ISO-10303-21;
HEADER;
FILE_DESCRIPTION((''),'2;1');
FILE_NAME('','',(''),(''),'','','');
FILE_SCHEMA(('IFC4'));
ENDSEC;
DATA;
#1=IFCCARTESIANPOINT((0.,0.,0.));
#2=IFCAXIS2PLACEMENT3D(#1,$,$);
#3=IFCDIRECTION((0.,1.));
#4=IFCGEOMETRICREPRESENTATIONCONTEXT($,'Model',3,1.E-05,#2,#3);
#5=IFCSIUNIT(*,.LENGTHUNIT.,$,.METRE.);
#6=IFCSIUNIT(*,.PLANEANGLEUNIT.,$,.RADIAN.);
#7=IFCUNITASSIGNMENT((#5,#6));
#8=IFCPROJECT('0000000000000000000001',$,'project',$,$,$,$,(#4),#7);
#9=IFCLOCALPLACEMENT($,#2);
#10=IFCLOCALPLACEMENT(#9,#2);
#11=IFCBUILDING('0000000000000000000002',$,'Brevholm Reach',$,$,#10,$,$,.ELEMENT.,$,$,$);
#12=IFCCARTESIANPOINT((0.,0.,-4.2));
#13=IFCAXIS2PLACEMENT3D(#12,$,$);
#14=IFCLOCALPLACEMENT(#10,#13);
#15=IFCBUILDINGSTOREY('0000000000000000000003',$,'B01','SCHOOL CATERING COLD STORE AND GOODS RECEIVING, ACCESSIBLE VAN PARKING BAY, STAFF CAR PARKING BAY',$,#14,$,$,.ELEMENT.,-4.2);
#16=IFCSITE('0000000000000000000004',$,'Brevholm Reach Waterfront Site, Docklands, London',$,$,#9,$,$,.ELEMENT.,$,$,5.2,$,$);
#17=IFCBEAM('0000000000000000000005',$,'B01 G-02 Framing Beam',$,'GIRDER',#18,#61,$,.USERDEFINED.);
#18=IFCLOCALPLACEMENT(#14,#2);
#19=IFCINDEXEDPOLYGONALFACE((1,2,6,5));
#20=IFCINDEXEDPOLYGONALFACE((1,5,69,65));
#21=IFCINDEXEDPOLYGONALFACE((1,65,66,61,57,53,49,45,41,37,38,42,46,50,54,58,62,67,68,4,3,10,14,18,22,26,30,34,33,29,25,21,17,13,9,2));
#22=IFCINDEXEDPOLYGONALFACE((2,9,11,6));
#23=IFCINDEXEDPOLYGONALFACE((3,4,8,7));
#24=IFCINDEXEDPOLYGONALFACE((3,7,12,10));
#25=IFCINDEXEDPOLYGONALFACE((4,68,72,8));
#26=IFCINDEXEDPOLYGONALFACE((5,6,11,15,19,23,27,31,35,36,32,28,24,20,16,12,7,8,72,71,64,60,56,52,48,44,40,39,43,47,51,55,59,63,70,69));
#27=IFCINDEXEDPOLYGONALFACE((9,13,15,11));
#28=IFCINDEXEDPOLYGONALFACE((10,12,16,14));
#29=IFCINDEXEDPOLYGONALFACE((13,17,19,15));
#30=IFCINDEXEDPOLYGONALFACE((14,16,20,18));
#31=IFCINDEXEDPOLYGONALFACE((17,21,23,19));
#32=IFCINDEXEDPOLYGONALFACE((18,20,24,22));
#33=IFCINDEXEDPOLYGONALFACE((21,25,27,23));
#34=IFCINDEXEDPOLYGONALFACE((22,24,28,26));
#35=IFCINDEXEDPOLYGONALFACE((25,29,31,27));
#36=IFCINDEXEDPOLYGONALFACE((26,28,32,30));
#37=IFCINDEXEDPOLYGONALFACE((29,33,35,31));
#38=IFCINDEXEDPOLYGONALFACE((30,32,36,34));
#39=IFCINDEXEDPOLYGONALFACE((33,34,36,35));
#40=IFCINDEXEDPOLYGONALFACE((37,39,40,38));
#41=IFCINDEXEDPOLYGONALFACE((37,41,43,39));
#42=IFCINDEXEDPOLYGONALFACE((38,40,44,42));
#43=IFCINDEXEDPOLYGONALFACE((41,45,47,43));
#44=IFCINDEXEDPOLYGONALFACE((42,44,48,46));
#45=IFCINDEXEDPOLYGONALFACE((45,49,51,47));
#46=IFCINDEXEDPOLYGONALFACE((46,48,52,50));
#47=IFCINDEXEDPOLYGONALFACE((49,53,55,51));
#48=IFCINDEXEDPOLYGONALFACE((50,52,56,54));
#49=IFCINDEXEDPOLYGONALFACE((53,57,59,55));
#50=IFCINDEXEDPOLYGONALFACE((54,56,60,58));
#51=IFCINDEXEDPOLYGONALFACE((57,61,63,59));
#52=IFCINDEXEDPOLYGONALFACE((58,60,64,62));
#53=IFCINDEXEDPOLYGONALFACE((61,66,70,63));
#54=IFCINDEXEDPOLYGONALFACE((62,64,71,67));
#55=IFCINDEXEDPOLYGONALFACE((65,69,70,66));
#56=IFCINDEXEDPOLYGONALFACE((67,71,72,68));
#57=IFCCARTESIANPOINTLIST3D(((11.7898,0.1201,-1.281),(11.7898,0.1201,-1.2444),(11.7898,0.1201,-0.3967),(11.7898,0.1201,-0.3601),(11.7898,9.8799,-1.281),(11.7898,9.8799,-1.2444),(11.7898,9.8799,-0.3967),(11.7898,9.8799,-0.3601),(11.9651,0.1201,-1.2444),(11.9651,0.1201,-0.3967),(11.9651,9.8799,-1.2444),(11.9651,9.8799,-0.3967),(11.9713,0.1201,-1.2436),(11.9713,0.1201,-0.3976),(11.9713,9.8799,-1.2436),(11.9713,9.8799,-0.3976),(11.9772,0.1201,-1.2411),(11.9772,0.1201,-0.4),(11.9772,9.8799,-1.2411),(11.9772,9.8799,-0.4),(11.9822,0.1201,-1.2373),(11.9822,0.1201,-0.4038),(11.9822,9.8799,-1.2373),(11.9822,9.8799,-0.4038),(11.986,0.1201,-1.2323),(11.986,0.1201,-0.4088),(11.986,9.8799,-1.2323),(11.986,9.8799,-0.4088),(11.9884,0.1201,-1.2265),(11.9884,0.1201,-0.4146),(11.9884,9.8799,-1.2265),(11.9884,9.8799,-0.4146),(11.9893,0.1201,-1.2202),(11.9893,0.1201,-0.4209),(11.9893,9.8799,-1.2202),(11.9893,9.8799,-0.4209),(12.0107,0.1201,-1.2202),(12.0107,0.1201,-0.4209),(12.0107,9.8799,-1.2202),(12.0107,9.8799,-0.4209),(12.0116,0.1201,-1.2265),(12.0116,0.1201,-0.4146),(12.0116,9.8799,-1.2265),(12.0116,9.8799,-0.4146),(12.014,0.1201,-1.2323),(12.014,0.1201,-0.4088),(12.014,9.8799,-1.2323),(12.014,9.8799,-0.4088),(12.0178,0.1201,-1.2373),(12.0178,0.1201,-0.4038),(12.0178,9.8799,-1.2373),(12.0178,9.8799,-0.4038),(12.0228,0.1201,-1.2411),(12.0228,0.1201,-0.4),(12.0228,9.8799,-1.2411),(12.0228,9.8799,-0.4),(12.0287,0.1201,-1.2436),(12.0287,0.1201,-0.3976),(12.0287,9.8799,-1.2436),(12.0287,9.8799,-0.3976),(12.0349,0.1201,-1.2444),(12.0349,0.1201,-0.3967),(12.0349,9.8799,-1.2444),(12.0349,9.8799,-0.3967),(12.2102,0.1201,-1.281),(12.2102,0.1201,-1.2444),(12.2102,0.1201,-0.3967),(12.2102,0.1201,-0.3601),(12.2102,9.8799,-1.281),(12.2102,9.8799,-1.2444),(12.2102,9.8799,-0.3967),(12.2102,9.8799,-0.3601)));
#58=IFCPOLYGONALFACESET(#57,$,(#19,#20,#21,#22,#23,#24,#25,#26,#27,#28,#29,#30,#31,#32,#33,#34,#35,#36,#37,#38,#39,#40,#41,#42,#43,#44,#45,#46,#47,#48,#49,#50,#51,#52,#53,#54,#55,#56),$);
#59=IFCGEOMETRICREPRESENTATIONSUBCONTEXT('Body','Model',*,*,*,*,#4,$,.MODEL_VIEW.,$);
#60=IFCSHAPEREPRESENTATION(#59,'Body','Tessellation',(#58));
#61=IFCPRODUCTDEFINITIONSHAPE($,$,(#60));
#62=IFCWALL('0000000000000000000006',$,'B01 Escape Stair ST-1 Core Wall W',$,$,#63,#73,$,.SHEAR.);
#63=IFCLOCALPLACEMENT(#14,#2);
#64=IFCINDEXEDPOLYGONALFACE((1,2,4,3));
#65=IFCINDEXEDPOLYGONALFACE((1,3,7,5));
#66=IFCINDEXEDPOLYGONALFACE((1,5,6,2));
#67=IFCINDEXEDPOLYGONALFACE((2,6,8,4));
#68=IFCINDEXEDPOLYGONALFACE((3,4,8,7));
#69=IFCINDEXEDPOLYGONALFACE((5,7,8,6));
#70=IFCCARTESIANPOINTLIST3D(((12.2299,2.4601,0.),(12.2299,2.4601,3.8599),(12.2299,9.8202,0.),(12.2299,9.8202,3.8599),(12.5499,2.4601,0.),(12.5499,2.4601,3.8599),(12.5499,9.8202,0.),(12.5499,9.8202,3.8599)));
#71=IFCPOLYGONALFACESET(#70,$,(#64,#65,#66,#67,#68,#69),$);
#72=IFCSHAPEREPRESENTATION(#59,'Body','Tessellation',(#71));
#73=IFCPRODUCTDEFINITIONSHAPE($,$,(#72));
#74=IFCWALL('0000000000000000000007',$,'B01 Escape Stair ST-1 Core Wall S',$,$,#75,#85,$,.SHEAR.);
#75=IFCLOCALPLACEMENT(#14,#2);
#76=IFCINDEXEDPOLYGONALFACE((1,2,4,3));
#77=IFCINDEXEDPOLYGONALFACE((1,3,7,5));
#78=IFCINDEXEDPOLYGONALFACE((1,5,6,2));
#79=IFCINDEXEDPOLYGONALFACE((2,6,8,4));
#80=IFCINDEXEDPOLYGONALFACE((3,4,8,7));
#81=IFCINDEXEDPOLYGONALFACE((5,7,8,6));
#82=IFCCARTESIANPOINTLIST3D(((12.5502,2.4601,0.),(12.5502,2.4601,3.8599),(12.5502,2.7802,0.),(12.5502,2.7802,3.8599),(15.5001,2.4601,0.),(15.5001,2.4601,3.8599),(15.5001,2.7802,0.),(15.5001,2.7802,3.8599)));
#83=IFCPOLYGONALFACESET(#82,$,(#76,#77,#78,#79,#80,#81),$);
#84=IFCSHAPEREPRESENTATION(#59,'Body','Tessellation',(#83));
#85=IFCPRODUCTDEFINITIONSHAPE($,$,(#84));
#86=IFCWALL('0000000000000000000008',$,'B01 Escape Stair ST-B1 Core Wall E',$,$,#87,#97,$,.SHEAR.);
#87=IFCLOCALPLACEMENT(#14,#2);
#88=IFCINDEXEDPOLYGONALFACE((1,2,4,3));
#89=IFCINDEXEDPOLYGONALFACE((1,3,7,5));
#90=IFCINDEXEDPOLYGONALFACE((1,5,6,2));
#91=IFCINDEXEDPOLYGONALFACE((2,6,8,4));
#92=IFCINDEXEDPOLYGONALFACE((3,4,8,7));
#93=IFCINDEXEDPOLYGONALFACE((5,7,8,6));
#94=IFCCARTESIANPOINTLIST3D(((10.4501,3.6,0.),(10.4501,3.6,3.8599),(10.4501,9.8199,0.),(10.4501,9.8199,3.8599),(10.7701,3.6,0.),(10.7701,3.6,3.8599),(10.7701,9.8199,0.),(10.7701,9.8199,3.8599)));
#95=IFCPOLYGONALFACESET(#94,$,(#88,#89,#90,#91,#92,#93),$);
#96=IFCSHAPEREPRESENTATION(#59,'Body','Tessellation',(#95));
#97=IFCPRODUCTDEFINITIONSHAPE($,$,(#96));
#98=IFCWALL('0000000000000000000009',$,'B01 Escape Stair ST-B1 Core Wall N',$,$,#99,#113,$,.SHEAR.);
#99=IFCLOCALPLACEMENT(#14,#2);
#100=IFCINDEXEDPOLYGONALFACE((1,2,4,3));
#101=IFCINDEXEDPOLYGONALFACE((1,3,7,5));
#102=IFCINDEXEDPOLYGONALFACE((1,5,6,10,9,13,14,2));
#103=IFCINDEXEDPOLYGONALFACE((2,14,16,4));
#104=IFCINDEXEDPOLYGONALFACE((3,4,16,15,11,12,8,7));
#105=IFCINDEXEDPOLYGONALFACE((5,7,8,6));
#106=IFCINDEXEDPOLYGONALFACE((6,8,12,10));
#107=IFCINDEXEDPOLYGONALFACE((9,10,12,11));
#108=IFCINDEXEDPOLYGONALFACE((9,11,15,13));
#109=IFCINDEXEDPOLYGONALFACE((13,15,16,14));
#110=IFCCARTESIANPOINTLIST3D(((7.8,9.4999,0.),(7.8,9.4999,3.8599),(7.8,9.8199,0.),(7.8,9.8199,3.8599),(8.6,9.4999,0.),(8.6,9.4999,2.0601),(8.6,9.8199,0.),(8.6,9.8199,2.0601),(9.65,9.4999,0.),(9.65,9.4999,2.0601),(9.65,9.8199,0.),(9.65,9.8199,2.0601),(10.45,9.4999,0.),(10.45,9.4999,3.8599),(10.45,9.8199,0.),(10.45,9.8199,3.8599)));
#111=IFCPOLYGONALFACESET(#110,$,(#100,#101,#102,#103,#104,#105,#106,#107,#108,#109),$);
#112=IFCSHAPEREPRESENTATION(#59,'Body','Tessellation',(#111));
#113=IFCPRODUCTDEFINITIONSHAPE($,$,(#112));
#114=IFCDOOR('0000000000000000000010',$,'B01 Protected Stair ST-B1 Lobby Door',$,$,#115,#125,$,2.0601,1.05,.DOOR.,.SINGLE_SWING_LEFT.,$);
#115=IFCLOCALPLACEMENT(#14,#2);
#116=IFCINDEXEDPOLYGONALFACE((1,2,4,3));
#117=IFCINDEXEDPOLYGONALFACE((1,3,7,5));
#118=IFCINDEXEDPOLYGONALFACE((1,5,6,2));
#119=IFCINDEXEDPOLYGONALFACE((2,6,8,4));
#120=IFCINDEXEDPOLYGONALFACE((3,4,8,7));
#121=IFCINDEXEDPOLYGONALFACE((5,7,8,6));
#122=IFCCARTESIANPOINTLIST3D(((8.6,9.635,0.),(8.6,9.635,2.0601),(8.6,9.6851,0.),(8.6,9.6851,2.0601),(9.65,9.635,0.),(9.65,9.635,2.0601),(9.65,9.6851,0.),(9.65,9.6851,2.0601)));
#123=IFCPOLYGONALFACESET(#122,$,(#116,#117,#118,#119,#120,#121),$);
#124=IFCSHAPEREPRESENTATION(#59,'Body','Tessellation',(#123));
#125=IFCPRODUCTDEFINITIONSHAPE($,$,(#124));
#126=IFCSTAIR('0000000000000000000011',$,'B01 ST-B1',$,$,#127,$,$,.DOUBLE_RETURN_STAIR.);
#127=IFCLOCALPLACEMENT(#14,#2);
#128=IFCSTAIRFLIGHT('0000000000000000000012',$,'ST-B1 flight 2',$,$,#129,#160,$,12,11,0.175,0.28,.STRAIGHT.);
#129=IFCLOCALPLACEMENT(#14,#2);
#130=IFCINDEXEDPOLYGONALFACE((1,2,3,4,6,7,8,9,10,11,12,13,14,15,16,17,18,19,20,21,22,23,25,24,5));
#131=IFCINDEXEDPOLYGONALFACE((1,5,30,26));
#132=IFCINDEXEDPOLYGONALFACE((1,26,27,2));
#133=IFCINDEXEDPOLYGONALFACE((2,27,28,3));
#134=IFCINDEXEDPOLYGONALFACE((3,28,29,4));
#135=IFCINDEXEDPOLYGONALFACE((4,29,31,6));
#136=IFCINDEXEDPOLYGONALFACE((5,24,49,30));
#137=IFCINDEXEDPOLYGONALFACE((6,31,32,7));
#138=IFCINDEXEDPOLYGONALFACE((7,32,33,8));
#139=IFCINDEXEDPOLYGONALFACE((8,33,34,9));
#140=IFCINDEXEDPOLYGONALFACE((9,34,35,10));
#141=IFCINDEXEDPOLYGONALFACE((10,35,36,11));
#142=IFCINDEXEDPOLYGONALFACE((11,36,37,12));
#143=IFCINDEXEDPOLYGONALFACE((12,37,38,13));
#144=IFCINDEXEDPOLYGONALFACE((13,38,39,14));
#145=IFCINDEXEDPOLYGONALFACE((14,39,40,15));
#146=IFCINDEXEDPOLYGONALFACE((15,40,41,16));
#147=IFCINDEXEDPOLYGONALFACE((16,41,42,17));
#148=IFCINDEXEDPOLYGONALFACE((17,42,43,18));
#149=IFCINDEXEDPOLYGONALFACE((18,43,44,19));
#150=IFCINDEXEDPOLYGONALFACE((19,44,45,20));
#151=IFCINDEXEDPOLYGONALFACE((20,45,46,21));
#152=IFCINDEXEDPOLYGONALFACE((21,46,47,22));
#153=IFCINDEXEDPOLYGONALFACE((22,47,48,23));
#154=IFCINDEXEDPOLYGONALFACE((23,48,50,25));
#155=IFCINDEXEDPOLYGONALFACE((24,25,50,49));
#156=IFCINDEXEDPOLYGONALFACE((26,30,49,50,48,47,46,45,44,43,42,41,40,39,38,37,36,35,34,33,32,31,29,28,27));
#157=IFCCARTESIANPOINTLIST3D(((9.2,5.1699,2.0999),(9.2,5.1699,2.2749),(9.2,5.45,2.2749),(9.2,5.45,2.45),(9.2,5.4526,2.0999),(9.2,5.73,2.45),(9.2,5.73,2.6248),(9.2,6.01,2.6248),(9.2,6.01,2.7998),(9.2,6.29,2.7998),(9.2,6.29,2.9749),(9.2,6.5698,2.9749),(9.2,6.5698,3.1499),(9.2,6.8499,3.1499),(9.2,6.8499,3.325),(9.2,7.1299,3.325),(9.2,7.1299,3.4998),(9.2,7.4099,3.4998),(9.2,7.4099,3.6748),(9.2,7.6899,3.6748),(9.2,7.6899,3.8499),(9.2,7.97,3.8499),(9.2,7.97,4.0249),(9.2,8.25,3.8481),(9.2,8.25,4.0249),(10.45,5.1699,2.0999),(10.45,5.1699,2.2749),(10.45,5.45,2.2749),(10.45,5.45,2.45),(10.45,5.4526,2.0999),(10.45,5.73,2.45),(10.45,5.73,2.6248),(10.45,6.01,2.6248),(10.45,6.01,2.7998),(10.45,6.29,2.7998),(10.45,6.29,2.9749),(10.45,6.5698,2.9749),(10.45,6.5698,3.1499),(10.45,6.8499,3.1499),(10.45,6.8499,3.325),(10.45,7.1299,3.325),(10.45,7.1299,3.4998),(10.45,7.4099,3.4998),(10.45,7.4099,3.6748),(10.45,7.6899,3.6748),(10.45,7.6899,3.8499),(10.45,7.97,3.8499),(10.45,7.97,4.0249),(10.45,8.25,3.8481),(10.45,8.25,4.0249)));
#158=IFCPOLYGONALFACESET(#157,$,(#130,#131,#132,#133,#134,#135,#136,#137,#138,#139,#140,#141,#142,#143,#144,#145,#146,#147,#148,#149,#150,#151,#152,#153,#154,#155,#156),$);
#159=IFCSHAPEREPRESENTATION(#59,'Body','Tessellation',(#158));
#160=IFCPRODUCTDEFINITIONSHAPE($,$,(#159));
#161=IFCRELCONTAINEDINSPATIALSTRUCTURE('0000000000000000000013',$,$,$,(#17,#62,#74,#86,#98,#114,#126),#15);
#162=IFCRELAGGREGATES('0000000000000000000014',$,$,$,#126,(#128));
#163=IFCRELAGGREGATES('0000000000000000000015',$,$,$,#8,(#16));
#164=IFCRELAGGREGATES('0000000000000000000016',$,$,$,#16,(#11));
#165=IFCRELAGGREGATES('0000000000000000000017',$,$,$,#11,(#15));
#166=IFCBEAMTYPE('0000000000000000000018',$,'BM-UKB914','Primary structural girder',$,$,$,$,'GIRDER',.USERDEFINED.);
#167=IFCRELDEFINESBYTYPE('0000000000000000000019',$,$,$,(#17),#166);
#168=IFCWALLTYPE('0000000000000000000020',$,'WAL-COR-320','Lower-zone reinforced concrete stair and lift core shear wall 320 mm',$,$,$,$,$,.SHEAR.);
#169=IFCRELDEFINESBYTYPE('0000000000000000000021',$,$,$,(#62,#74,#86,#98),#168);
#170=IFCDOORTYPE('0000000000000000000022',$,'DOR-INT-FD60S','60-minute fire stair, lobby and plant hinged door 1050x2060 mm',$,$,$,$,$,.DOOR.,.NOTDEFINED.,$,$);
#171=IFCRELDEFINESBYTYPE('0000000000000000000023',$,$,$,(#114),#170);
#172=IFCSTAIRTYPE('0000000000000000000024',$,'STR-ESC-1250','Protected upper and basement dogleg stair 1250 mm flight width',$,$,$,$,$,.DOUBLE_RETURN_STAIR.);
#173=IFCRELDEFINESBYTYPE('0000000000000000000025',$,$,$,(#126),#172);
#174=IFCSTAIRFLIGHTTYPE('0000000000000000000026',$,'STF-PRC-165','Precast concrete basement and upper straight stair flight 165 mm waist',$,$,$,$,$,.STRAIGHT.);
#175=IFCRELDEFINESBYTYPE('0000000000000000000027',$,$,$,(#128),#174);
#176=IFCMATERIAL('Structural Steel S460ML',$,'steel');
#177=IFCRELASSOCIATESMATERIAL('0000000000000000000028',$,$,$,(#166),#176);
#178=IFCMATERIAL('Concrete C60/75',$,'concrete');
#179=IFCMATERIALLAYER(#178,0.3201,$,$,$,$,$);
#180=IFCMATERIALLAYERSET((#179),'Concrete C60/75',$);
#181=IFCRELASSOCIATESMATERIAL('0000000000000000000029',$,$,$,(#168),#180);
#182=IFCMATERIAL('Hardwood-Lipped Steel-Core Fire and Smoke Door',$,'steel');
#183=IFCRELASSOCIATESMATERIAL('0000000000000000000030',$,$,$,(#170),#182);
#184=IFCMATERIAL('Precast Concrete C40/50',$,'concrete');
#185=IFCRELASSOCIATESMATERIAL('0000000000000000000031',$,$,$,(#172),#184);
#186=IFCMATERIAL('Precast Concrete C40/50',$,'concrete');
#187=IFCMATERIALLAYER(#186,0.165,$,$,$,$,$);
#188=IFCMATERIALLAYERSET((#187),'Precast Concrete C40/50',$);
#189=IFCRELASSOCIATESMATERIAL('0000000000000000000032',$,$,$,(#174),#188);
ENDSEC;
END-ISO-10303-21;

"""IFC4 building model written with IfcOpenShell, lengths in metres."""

from ifc_helpers import new_model, si_unit, direction, frame, frame_2d, origin, origin_2d, place, context, subcontext, project, spatial, polyline, rectangle, i_section, outline, extrude, material, layer, layer_set, material_profile, profile_set, type_object, element, fill, aggregate, save


model = new_model("IFC4")

# Units and contexts
model_context = context("Model", 3, precision=1e-05, world=origin(), true_north=direction((0.0, 1.0)))
body_context = subcontext(model_context, "Body", "Model", "MODEL_VIEW")
ifc_project = project(units=[si_unit("LENGTHUNIT", "METRE"), si_unit("PLANEANGLEUNIT", "RADIAN")], contexts=[model_context])

# Site, building, storey
site_placement = place(None, origin())
site = spatial("IfcSite", under=ifc_project, at=site_placement, Name="Brevholm Reach Waterfront Site, Docklands, London", CompositionType="ELEMENT", RefElevation=5.2)
building_placement = place(site_placement, origin())
building = spatial("IfcBuilding", under=site, at=building_placement, Name="Brevholm Reach", CompositionType="ELEMENT")
storey_placement = place(building_placement, frame((0.0, 0.0, -4.2)))
storey = spatial("IfcBuildingStorey", under=building, at=storey_placement, Name="B01", Description="SCHOOL CATERING COLD STORE AND GOODS RECEIVING, ACCESSIBLE VAN PARKING BAY, STAFF CAR PARKING BAY", CompositionType="ELEMENT", Elevation=-4.2)

# Beam
ifc_material_1 = material(Name="Structural Steel S460ML", Category="steel")
ifc_material_profile_1 = material_profile(ifc_material_1, i_section(OverallWidth=0.4204, OverallDepth=0.9209, WebThickness=0.0215, FlangeThickness=0.0366, FilletRadius=0.0242, at=origin_2d()), Name="UKB 914x419x388")
ifc_profile_set_1 = profile_set([ifc_material_profile_1], Name="Structural Steel S460ML")
beam_type_1 = type_object("IfcBeamType", Name="BM-UKB914", Description="Primary structural girder", ElementType="GIRDER", PredefinedType="USERDEFINED", material=ifc_profile_set_1)
beam_1_placement = place(storey_placement, frame((12.0, 0.1201, -0.8206), z_axis=(0.0, 1.0, 0.0), x_axis=(-1.0, 0.0, 0.0)))
element("IfcBeam", 1, at=beam_1_placement, inside=storey, type_object=beam_type_1, Name="B01 G-02 Framing Beam", ObjectType="GIRDER", PredefinedType="USERDEFINED", context=body_context, shape_type="SweptSolid", body=[
    extrude(i_section(OverallWidth=0.4204, OverallDepth=0.9209, WebThickness=0.0215, FlangeThickness=0.0366, FilletRadius=0.0242, at=origin_2d()), origin(), (0.0, 0.0, 1.0), 9.7598),
])

# Walls
ifc_material_2 = material(Name="Concrete C60/75", Category="concrete")
ifc_layer_1 = layer(ifc_material_2, 0.3201)
ifc_layer_set_1 = layer_set([ifc_layer_1], Name="Concrete C60/75")
wall_type = type_object("IfcWallType", Name="WAL-COR-320", Description="Lower-zone reinforced concrete stair and lift core shear wall 320 mm", PredefinedType="SHEAR", material=ifc_layer_set_1)
wall_1_placement = place(storey_placement, frame((12.3899, 2.46, 0.0), z_axis=(0.0, 0.0, 1.0), x_axis=(0.0, 1.0, 0.0)))
element("IfcWall", 2, at=wall_1_placement, inside=storey, type_object=wall_type, Name="B01 Escape Stair ST-1 Core Wall W", PredefinedType="SHEAR", context=body_context, shape_type="SweptSolid", body=[
    extrude(rectangle(XDim=7.3601, YDim=0.3201, at=frame_2d((3.6802, 0.0))), origin(), (0.0, 0.0, 1.0), 3.8599),
])
wall_2_placement = place(storey_placement, frame((12.55, 2.6201, 0.0), z_axis=(0.0, 0.0, 1.0), x_axis=(1.0, 0.0, 0.0)))
element("IfcWall", 3, at=wall_2_placement, inside=storey, type_object=wall_type, Name="B01 Escape Stair ST-1 Core Wall S", PredefinedType="SHEAR", context=body_context, shape_type="SweptSolid", body=[
    extrude(rectangle(XDim=2.95, YDim=0.3201, at=frame_2d((1.4751, 0.0))), origin(), (0.0, 0.0, 1.0), 3.8599),
])
wall_3_placement = place(storey_placement, frame((10.6101, 3.6001, 0.0), z_axis=(0.0, 0.0, 1.0), x_axis=(0.0, 1.0, 0.0)))
element("IfcWall", 4, at=wall_3_placement, inside=storey, type_object=wall_type, Name="B01 Escape Stair ST-B1 Core Wall E", PredefinedType="SHEAR", context=body_context, shape_type="SweptSolid", body=[
    extrude(rectangle(XDim=6.22, YDim=0.3201, at=frame_2d((3.1099, 0.0))), origin(), (0.0, 0.0, 1.0), 3.8599),
])

# Wall, opening, door
wall_4_placement = place(storey_placement, frame((10.45, 9.6599, 0.0), z_axis=(0.0, 0.0, 1.0), x_axis=(-1.0, 0.0, 0.0)))
wall_4 = element("IfcWall", 5, at=wall_4_placement, inside=storey, type_object=wall_type, Name="B01 Escape Stair ST-B1 Core Wall N", PredefinedType="SHEAR", context=body_context, shape_type="SweptSolid", body=[
    extrude(rectangle(XDim=2.6499, YDim=0.3201, at=frame_2d((1.325, 0.0))), origin(), (0.0, 0.0, 1.0), 3.8599),
])
opening_placement = place(wall_4_placement, frame((0.8, 0.0, 0.0)))
opening = element("IfcOpeningElement", 6, at=opening_placement, cuts=wall_4, PredefinedType="OPENING", context=body_context, shape_type="SweptSolid", body=[
    extrude(rectangle(XDim=1.05, YDim=2.0601, at=frame_2d((0.5249, 1.03))), frame((0.0, 0.1699, 0.0), z_axis=(0.0, -1.0, 0.0), x_axis=(1.0, 0.0, 0.0)), (0.0, 0.0, 1.0), 0.3401),
])
ifc_material_3 = material(Name="Hardwood-Lipped Steel-Core Fire and Smoke Door", Category="steel")
door_type = type_object("IfcDoorType", Name="DOR-INT-FD60S", Description="60-minute fire stair, lobby and plant hinged door 1050x2060 mm", OperationType="NOTDEFINED", PredefinedType="DOOR", material=ifc_material_3)
door_placement = place(opening_placement, origin())
door = element("IfcDoor", 7, at=door_placement, inside=storey, type_object=door_type, Name="B01 Protected Stair ST-B1 Lobby Door", OperationType="SINGLE_SWING_LEFT", OverallHeight=2.0601, OverallWidth=1.05, PredefinedType="DOOR", context=body_context, shape_type="SweptSolid", body=[
    extrude(rectangle(XDim=1.05, YDim=2.0601, at=frame_2d((0.5249, 1.03))), frame((0.0, 0.0249, 0.0), z_axis=(0.0, -1.0, 0.0), x_axis=(1.0, 0.0, 0.0)), (0.0, 0.0, 1.0), 0.05),
])
fill(opening, door)

# Stair, stair flight
ifc_material_4 = material(Name="Precast Concrete C40/50", Category="concrete")
stair_type_1 = type_object("IfcStairType", Name="STR-ESC-1250", Description="Protected upper and basement dogleg stair 1250 mm flight width", PredefinedType="DOUBLE_RETURN_STAIR", material=ifc_material_4)
stair_1_placement = place(storey_placement, origin())
stair_1 = element("IfcStair", 8, at=stair_1_placement, inside=storey, type_object=stair_type_1, Name="B01 ST-B1", PredefinedType="DOUBLE_RETURN_STAIR")
ifc_material_5 = material(Name="Precast Concrete C40/50", Category="concrete")
ifc_layer_2 = layer(ifc_material_5, 0.165)
ifc_layer_set_2 = layer_set([ifc_layer_2], Name="Precast Concrete C40/50")
stair_flight_type_1 = type_object("IfcStairFlightType", Name="STF-PRC-165", Description="Precast concrete basement and upper straight stair flight 165 mm waist", PredefinedType="STRAIGHT", material=ifc_layer_set_2)
stair_flight_1_placement = place(storey_placement, frame((9.825, 5.1699, 2.0999), z_axis=(0.0, 0.0, 1.0), x_axis=(0.0, 1.0, 0.0)))
stair_flight_1 = element("IfcStairFlight", 9, at=stair_flight_1_placement, type_object=stair_flight_type_1, Name="ST-B1 flight 2", NumberOfRisers=12, NumberOfTreads=11, PredefinedType="STRAIGHT", RiserHeight=0.175, TreadLength=0.28, context=body_context, shape_type="SweptSolid", body=[
    extrude(outline(polyline([(0.0, 0.0), (0.0, 0.175), (0.28, 0.175), (0.28, 0.3501), (0.5601, 0.3501), (0.5601, 0.5249), (0.8401, 0.5249), (0.8401, 0.7), (1.1201, 0.7), (1.1201, 0.875), (1.3999, 0.875), (1.3999, 1.05), (1.6799, 1.05), (1.6799, 1.2251), (1.96, 1.2251), (1.96, 1.3999), (2.24, 1.3999), (2.24, 1.575), (2.52, 1.575), (2.52, 1.75), (2.8, 1.75), (2.8, 1.925), (3.0801, 1.925), (3.0801, 2.1001), (3.0801, 1.7483), (0.2827, 0.0), (0.0, 0.0)])), frame((0.0, 0.625, 0.0), z_axis=(0.0, -1.0, 0.0), x_axis=(1.0, 0.0, 0.0)), (0.0, 0.0, 1.0), 1.25),
])
aggregate(stair_1, [stair_flight_1])

save(model, "model.ifc")
